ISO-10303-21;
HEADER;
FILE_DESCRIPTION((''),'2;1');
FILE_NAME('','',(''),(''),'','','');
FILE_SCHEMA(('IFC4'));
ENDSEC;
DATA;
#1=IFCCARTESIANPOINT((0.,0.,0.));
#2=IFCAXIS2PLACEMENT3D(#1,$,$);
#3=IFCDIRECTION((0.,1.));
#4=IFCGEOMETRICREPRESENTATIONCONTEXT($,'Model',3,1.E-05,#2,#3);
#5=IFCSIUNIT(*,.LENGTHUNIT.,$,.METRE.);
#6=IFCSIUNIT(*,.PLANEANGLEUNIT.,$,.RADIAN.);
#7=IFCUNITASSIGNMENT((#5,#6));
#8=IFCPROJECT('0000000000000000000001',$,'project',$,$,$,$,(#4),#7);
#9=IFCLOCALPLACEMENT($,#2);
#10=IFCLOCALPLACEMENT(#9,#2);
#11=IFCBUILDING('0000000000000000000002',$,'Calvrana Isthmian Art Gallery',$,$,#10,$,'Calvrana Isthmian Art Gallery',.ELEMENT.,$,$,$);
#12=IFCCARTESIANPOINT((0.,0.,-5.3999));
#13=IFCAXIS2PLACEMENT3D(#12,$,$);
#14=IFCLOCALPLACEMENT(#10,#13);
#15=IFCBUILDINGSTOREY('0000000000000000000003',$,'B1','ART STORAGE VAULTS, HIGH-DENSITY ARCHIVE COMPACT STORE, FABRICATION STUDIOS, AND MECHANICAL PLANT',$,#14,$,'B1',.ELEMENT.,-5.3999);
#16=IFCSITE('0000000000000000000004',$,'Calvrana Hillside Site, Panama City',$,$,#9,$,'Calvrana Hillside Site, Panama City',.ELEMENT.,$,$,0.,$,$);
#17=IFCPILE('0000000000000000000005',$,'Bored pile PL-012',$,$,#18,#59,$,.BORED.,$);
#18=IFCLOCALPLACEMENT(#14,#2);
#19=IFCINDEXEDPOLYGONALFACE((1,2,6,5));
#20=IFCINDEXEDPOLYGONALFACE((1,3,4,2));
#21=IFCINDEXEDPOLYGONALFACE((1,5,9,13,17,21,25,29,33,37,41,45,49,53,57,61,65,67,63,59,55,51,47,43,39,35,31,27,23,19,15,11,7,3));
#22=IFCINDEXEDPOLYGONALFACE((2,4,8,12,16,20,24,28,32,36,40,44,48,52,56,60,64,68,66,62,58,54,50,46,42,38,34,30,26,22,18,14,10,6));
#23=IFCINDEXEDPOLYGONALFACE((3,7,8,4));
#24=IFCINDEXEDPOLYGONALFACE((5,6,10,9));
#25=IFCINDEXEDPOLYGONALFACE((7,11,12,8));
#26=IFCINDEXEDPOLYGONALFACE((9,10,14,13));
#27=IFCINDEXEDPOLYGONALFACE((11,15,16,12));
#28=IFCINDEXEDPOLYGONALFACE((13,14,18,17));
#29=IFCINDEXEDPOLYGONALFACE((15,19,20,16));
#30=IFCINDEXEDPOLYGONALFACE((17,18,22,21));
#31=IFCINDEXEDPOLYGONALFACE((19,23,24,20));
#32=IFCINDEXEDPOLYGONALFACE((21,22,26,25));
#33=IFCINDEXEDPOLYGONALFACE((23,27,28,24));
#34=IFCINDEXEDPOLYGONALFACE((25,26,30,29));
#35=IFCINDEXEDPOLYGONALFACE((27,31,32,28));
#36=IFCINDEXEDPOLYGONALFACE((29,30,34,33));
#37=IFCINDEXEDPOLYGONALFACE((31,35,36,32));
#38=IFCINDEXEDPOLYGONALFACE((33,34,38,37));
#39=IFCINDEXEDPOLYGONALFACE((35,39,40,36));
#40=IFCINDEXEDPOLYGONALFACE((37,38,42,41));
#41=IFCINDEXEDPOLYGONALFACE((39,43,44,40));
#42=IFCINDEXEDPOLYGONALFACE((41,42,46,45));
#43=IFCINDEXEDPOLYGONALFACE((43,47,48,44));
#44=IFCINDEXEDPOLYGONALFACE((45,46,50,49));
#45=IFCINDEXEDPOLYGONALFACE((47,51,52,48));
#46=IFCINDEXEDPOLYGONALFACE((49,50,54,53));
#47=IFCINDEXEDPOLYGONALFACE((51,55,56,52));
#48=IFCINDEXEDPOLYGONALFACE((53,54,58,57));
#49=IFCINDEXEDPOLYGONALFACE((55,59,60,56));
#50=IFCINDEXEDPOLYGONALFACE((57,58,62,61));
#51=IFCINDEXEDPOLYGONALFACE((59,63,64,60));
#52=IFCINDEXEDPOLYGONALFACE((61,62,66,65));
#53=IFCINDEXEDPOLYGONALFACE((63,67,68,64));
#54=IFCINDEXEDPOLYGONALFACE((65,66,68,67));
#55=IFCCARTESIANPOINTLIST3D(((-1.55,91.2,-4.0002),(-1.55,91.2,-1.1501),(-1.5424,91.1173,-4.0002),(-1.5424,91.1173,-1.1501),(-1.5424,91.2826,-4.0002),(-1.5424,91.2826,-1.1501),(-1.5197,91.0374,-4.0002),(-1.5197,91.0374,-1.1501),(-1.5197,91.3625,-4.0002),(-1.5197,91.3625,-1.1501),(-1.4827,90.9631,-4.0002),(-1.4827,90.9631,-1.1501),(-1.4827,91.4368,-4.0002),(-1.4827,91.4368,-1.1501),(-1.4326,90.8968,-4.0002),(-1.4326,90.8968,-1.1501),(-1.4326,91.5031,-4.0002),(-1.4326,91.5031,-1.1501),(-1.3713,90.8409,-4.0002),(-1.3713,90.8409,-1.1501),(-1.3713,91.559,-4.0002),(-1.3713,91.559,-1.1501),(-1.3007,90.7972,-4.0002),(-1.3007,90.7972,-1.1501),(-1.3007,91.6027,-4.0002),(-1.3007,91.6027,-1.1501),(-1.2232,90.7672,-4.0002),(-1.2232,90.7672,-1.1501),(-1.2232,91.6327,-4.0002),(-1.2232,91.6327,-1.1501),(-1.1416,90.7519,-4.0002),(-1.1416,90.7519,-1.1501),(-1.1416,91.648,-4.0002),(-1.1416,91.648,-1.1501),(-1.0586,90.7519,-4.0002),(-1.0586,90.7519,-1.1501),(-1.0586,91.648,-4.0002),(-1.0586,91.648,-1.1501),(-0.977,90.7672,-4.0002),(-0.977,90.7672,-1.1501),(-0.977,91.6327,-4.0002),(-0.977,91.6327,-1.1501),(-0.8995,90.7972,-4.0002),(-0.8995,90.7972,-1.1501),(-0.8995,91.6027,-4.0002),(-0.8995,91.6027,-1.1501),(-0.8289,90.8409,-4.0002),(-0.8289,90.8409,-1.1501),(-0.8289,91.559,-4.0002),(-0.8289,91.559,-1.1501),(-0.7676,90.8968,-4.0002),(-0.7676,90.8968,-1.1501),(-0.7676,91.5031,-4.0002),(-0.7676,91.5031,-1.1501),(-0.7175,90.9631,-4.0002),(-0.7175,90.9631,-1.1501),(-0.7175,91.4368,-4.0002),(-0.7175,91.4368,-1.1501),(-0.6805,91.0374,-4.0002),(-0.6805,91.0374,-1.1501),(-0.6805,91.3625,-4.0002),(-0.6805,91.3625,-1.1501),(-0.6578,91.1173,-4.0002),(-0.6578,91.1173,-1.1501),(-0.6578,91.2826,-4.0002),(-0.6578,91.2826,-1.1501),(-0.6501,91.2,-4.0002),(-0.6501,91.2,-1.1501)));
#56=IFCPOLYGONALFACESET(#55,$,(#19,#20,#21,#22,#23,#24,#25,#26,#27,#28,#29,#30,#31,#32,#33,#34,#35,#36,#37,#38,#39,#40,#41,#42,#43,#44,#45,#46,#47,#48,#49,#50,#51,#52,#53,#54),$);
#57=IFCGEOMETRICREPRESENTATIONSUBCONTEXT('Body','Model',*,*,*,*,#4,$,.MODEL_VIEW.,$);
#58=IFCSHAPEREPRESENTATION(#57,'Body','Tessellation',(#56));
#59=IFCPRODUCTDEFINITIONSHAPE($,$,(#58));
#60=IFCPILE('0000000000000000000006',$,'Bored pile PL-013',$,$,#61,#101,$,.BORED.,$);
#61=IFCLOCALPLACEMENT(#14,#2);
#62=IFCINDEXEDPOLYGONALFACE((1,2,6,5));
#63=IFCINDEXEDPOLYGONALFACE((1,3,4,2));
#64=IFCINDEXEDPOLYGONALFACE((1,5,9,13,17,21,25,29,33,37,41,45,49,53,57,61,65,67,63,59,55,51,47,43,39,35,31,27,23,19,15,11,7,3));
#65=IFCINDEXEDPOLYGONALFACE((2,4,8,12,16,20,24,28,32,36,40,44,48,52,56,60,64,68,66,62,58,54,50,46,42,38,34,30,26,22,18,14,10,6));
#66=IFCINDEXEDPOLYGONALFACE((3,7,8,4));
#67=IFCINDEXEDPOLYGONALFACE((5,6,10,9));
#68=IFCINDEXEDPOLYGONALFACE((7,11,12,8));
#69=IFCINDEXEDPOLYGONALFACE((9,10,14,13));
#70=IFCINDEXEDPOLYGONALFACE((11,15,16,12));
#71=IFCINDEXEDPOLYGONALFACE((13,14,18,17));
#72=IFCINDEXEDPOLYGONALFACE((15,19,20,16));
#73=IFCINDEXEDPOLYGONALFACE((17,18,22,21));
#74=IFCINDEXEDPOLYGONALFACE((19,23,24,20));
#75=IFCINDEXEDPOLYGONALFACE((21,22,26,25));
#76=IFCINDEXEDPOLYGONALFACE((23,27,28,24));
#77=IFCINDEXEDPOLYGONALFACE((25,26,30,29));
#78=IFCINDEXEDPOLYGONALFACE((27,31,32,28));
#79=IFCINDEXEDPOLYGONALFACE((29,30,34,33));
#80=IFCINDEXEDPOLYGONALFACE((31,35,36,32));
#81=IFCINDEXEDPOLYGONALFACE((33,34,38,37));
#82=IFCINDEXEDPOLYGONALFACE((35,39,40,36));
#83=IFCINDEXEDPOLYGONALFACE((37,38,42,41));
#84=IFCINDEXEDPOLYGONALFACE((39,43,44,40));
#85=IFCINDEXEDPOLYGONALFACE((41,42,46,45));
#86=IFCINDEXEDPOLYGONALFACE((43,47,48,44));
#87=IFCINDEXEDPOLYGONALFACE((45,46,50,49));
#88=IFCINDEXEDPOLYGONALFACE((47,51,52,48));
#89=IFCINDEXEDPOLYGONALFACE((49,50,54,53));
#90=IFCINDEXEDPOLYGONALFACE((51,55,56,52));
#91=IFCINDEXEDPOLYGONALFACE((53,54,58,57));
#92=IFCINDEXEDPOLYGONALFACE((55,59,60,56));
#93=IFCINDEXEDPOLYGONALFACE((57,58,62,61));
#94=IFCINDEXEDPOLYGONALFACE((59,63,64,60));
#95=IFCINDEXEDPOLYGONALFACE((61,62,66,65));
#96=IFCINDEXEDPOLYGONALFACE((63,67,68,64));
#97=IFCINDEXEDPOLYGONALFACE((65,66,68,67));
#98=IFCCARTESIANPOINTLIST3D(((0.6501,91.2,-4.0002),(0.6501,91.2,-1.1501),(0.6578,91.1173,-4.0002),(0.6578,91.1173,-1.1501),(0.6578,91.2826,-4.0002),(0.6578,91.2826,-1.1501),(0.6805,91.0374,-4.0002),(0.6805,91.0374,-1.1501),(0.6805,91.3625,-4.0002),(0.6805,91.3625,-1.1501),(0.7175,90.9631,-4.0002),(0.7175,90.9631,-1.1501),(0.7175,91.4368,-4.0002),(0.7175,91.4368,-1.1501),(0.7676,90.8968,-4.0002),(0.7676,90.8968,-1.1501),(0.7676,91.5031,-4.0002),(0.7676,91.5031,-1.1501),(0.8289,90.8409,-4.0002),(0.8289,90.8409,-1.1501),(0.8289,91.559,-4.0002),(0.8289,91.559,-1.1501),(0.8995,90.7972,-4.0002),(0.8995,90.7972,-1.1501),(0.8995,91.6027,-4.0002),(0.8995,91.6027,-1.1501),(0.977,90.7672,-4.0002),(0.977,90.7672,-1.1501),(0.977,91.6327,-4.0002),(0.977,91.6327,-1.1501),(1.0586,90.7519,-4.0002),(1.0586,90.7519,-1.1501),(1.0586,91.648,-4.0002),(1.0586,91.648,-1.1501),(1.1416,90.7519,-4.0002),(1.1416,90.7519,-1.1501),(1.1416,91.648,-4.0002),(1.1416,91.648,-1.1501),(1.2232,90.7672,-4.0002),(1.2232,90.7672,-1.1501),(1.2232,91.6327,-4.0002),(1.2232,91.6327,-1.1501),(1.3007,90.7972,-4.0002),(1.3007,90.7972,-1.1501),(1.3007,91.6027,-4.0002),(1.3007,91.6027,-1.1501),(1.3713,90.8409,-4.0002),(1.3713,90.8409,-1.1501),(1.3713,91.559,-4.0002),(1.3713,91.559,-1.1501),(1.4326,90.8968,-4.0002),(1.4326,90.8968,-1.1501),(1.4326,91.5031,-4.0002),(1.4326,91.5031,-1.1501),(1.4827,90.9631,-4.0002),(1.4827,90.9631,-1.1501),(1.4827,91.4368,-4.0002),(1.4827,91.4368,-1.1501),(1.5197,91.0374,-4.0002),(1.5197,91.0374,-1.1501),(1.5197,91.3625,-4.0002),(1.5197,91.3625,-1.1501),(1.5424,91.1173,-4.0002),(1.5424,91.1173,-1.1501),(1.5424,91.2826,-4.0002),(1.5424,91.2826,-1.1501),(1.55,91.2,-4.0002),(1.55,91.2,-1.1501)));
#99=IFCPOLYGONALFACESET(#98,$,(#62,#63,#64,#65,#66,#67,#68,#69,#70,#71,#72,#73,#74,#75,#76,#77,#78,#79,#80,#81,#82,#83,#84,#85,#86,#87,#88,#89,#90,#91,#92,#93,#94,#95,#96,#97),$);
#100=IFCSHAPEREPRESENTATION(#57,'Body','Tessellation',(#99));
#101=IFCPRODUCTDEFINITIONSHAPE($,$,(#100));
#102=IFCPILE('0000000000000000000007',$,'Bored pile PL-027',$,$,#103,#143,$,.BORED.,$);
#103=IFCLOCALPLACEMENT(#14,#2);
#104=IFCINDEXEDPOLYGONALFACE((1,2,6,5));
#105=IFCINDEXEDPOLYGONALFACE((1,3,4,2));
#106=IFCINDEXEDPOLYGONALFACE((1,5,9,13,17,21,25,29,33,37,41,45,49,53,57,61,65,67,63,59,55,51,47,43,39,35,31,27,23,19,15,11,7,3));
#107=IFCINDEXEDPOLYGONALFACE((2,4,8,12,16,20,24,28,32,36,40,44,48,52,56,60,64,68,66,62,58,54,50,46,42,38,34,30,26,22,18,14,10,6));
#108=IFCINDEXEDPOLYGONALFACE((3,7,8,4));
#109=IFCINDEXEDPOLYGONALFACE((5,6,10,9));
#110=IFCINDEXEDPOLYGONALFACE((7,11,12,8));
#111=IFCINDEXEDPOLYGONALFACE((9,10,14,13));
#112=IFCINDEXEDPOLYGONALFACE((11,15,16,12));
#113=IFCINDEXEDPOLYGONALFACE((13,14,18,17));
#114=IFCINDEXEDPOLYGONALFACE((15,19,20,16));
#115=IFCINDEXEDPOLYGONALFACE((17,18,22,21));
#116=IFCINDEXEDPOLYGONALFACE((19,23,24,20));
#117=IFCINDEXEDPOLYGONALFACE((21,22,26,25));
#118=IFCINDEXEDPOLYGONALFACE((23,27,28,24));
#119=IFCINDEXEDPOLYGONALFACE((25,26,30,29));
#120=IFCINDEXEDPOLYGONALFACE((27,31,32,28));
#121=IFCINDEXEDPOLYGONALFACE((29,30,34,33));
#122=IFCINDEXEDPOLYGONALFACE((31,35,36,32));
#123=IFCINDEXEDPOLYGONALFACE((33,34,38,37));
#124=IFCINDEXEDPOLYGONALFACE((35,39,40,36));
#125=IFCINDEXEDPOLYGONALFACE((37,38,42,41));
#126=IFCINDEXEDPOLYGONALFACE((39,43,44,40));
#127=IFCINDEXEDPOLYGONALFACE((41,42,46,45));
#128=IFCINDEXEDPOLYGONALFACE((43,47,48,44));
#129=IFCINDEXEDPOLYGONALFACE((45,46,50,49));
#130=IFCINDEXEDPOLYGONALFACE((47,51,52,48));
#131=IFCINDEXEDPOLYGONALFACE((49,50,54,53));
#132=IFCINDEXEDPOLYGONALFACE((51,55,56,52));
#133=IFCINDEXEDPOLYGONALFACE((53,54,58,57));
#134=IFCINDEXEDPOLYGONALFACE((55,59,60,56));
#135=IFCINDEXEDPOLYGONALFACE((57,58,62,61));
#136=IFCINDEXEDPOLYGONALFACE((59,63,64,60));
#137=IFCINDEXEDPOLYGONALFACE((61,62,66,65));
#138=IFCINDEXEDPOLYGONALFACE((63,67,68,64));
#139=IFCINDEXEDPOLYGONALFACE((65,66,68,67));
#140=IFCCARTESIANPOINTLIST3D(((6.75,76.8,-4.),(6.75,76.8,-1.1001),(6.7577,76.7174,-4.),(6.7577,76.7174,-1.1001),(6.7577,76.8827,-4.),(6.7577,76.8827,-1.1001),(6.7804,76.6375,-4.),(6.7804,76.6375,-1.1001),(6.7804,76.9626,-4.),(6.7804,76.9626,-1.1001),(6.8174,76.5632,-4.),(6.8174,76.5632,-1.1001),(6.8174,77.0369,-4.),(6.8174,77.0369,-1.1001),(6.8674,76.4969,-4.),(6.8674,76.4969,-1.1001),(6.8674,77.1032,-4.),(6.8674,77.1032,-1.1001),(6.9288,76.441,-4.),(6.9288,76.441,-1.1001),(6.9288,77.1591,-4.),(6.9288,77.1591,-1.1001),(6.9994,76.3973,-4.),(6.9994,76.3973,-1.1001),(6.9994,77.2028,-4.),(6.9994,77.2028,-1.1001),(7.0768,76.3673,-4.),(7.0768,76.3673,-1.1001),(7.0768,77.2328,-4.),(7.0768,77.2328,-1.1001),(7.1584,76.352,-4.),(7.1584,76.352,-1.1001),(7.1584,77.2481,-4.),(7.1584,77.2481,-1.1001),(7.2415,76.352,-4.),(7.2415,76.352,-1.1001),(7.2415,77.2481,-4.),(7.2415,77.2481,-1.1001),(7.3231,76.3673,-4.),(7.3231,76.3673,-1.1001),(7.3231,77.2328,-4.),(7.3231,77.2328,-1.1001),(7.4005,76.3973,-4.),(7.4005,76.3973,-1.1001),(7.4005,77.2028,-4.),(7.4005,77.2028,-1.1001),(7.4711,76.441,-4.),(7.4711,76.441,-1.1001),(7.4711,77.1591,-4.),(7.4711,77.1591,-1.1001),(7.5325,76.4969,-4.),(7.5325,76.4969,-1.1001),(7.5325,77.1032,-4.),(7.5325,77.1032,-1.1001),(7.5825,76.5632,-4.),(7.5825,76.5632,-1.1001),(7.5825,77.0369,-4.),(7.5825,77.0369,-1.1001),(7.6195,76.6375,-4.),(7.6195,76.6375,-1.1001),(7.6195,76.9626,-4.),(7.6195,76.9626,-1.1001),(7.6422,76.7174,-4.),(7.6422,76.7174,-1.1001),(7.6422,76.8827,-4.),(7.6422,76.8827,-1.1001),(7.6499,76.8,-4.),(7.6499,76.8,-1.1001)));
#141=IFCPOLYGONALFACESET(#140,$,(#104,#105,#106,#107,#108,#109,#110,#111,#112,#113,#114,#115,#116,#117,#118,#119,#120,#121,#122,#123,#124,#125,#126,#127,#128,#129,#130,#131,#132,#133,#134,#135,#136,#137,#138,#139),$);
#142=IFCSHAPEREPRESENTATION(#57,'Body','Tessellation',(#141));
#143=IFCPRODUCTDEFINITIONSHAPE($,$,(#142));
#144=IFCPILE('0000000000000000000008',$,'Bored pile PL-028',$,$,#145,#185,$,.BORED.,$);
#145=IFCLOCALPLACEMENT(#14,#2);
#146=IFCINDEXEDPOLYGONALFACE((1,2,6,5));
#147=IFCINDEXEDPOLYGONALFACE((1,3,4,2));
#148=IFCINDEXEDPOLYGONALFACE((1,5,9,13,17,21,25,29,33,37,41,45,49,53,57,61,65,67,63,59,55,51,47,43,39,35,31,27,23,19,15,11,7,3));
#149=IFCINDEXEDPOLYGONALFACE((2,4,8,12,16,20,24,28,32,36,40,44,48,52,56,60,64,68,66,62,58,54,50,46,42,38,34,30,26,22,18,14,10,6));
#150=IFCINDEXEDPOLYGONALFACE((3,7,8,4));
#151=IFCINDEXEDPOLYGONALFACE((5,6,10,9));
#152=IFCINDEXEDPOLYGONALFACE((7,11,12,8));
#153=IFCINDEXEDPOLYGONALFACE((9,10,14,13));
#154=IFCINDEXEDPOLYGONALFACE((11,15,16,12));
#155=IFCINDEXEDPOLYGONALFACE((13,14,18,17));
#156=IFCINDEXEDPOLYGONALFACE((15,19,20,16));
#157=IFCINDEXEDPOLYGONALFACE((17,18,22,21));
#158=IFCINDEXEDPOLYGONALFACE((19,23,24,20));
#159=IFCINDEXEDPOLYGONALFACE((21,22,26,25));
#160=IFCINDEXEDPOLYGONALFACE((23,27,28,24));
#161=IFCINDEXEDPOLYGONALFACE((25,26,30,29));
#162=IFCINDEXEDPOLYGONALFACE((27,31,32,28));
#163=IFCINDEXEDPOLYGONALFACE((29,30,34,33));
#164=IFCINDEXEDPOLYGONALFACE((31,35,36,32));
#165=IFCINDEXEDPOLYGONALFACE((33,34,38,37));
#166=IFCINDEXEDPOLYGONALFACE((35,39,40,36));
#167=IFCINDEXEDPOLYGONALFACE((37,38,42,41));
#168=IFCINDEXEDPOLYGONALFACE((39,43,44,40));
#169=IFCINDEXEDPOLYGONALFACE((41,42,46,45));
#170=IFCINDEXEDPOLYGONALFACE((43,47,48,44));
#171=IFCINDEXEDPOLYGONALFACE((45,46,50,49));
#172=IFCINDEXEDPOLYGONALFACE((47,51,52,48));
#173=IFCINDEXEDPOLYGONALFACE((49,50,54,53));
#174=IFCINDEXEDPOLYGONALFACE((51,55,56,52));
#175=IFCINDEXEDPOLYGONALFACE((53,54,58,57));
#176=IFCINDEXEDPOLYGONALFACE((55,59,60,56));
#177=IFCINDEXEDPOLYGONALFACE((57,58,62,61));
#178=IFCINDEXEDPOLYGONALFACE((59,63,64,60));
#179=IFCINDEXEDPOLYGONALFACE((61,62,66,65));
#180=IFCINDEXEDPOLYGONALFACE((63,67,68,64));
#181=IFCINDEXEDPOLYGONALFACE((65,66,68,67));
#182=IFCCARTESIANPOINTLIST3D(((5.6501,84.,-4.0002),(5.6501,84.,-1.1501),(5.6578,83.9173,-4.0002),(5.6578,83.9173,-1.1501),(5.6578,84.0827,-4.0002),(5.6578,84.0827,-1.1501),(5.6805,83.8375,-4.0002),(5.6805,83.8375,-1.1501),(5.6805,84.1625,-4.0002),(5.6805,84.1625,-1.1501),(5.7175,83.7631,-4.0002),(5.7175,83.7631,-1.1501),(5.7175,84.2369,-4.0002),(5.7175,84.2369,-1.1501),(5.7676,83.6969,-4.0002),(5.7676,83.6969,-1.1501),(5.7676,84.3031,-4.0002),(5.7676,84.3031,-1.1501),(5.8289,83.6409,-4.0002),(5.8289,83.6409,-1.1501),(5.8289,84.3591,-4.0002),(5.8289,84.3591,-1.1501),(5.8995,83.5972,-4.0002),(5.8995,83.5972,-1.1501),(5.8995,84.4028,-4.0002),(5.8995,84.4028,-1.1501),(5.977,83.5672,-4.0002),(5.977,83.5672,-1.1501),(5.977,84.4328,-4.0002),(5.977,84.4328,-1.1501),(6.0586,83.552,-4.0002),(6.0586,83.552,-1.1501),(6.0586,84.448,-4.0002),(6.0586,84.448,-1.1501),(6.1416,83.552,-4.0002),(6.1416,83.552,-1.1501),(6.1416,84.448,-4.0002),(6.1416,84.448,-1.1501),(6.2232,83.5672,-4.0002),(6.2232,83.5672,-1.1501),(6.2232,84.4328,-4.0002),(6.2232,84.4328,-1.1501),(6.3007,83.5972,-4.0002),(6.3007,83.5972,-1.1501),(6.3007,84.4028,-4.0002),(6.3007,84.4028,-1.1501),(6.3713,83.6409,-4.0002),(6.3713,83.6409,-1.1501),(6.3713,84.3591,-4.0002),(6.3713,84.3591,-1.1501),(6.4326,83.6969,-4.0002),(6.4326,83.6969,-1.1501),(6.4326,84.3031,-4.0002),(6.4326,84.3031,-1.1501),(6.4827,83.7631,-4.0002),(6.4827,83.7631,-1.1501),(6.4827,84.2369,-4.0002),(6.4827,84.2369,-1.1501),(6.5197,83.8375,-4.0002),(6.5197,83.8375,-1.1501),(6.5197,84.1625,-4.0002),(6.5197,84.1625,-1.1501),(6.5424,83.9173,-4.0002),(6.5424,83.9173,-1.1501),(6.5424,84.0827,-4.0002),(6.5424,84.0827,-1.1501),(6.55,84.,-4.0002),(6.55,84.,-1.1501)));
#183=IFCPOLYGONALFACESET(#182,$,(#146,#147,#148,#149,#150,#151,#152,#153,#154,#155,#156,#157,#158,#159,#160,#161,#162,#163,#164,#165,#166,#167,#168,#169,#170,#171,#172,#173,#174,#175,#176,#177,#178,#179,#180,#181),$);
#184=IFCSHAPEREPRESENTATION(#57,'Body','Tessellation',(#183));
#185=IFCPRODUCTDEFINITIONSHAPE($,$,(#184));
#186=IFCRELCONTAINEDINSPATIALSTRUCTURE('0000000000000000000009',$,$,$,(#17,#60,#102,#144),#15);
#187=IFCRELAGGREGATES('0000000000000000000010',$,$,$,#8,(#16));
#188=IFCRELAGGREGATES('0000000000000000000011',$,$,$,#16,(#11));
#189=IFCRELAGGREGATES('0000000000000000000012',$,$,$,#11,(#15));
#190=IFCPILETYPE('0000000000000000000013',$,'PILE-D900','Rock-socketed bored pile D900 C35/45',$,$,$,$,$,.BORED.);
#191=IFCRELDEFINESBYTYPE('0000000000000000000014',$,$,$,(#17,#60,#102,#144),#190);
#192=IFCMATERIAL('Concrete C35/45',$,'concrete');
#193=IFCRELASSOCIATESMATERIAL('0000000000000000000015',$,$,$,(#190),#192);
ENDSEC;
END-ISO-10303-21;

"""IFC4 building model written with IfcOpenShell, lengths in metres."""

from ifc_helpers import new_model, si_unit, direction, frame, origin, origin_2d, place, context, subcontext, project, spatial, circle, extrude, material, material_profile, profile_set, type_object, element, save


model = new_model("IFC4")

# Units and contexts
model_context = context("Model", 3, precision=1e-05, world=origin(), true_north=direction((0.0, 1.0)))
body_context = subcontext(model_context, "Body", "Model", "MODEL_VIEW")
ifc_project = project(units=[si_unit("LENGTHUNIT", "METRE"), si_unit("PLANEANGLEUNIT", "RADIAN")], contexts=[model_context])

# Site, building, storey
site_placement = place(None, origin())
site = spatial("IfcSite", under=ifc_project, at=site_placement, Name="Calvrana Hillside Site, Panama City", LongName="Calvrana Hillside Site, Panama City", CompositionType="ELEMENT", RefElevation=0.0)
building_placement = place(site_placement, origin())
building = spatial("IfcBuilding", under=site, at=building_placement, Name="Calvrana Isthmian Art Gallery", LongName="Calvrana Isthmian Art Gallery", CompositionType="ELEMENT")
storey_placement = place(building_placement, frame((0.0, 0.0, -5.3999)))
storey = spatial("IfcBuildingStorey", under=building, at=storey_placement, Name="B1", Description="ART STORAGE VAULTS, HIGH-DENSITY ARCHIVE COMPACT STORE, FABRICATION STUDIOS, AND MECHANICAL PLANT", LongName="B1", CompositionType="ELEMENT", Elevation=-5.3999)

# Shared definitions
ifc_material_1 = material(Name="Concrete C35/45", Category="concrete")

# Piles
ifc_material_profile_1 = material_profile(ifc_material_1, circle(Radius=0.45, at=origin_2d()), Name="PILE900D")
ifc_profile_set_1 = profile_set([ifc_material_profile_1], Name="Concrete C35/45")
pile_type_1 = type_object("IfcPileType", Name="PILE-D900", Description="Rock-socketed bored pile D900 C35/45", PredefinedType="BORED", material=ifc_profile_set_1)
for number, where, z_axis, x_axis, name in (
    (1, (-1.1001, 91.2, -1.1501), (0.0, 0.0, -1.0), (1.0, 0.0, 0.0), "Bored pile PL-012"),
    (2, (1.1001, 91.2, -1.1501), (0.0, 0.0, -1.0), (1.0, 0.0, 0.0), "Bored pile PL-013"),
):
    element("IfcPile", number, at=place(storey_placement, frame(where, z_axis=z_axis, x_axis=x_axis)), inside=storey, type_object=pile_type_1, Name=name, PredefinedType="BORED", context=body_context, shape_type="SweptSolid", body=[
        extrude(circle(Radius=0.45, at=origin_2d()), origin(), (0.0, 0.0, 1.0), 2.8501),
    ])
pile_1_placement = place(storey_placement, frame((7.2, 76.8, -1.1001), z_axis=(0.0, 0.0, -1.0), x_axis=(1.0, 0.0, 0.0)))
element("IfcPile", 3, at=pile_1_placement, inside=storey, type_object=pile_type_1, Name="Bored pile PL-027", PredefinedType="BORED", context=body_context, shape_type="SweptSolid", body=[
    extrude(circle(Radius=0.45, at=origin_2d()), origin(), (0.0, 0.0, 1.0), 2.8999),
])
for number, where, z_axis, x_axis, name in (
    (4, (6.1001, 84.0, -1.1501), (0.0, 0.0, -1.0), (1.0, 0.0, 0.0), "Bored pile PL-028"),
):
    element("IfcPile", number, at=place(storey_placement, frame(where, z_axis=z_axis, x_axis=x_axis)), inside=storey, type_object=pile_type_1, Name=name, PredefinedType="BORED", context=body_context, shape_type="SweptSolid", body=[
        extrude(circle(Radius=0.45, at=origin_2d()), origin(), (0.0, 0.0, 1.0), 2.8501),
    ])

save(model, "model.ifc")
